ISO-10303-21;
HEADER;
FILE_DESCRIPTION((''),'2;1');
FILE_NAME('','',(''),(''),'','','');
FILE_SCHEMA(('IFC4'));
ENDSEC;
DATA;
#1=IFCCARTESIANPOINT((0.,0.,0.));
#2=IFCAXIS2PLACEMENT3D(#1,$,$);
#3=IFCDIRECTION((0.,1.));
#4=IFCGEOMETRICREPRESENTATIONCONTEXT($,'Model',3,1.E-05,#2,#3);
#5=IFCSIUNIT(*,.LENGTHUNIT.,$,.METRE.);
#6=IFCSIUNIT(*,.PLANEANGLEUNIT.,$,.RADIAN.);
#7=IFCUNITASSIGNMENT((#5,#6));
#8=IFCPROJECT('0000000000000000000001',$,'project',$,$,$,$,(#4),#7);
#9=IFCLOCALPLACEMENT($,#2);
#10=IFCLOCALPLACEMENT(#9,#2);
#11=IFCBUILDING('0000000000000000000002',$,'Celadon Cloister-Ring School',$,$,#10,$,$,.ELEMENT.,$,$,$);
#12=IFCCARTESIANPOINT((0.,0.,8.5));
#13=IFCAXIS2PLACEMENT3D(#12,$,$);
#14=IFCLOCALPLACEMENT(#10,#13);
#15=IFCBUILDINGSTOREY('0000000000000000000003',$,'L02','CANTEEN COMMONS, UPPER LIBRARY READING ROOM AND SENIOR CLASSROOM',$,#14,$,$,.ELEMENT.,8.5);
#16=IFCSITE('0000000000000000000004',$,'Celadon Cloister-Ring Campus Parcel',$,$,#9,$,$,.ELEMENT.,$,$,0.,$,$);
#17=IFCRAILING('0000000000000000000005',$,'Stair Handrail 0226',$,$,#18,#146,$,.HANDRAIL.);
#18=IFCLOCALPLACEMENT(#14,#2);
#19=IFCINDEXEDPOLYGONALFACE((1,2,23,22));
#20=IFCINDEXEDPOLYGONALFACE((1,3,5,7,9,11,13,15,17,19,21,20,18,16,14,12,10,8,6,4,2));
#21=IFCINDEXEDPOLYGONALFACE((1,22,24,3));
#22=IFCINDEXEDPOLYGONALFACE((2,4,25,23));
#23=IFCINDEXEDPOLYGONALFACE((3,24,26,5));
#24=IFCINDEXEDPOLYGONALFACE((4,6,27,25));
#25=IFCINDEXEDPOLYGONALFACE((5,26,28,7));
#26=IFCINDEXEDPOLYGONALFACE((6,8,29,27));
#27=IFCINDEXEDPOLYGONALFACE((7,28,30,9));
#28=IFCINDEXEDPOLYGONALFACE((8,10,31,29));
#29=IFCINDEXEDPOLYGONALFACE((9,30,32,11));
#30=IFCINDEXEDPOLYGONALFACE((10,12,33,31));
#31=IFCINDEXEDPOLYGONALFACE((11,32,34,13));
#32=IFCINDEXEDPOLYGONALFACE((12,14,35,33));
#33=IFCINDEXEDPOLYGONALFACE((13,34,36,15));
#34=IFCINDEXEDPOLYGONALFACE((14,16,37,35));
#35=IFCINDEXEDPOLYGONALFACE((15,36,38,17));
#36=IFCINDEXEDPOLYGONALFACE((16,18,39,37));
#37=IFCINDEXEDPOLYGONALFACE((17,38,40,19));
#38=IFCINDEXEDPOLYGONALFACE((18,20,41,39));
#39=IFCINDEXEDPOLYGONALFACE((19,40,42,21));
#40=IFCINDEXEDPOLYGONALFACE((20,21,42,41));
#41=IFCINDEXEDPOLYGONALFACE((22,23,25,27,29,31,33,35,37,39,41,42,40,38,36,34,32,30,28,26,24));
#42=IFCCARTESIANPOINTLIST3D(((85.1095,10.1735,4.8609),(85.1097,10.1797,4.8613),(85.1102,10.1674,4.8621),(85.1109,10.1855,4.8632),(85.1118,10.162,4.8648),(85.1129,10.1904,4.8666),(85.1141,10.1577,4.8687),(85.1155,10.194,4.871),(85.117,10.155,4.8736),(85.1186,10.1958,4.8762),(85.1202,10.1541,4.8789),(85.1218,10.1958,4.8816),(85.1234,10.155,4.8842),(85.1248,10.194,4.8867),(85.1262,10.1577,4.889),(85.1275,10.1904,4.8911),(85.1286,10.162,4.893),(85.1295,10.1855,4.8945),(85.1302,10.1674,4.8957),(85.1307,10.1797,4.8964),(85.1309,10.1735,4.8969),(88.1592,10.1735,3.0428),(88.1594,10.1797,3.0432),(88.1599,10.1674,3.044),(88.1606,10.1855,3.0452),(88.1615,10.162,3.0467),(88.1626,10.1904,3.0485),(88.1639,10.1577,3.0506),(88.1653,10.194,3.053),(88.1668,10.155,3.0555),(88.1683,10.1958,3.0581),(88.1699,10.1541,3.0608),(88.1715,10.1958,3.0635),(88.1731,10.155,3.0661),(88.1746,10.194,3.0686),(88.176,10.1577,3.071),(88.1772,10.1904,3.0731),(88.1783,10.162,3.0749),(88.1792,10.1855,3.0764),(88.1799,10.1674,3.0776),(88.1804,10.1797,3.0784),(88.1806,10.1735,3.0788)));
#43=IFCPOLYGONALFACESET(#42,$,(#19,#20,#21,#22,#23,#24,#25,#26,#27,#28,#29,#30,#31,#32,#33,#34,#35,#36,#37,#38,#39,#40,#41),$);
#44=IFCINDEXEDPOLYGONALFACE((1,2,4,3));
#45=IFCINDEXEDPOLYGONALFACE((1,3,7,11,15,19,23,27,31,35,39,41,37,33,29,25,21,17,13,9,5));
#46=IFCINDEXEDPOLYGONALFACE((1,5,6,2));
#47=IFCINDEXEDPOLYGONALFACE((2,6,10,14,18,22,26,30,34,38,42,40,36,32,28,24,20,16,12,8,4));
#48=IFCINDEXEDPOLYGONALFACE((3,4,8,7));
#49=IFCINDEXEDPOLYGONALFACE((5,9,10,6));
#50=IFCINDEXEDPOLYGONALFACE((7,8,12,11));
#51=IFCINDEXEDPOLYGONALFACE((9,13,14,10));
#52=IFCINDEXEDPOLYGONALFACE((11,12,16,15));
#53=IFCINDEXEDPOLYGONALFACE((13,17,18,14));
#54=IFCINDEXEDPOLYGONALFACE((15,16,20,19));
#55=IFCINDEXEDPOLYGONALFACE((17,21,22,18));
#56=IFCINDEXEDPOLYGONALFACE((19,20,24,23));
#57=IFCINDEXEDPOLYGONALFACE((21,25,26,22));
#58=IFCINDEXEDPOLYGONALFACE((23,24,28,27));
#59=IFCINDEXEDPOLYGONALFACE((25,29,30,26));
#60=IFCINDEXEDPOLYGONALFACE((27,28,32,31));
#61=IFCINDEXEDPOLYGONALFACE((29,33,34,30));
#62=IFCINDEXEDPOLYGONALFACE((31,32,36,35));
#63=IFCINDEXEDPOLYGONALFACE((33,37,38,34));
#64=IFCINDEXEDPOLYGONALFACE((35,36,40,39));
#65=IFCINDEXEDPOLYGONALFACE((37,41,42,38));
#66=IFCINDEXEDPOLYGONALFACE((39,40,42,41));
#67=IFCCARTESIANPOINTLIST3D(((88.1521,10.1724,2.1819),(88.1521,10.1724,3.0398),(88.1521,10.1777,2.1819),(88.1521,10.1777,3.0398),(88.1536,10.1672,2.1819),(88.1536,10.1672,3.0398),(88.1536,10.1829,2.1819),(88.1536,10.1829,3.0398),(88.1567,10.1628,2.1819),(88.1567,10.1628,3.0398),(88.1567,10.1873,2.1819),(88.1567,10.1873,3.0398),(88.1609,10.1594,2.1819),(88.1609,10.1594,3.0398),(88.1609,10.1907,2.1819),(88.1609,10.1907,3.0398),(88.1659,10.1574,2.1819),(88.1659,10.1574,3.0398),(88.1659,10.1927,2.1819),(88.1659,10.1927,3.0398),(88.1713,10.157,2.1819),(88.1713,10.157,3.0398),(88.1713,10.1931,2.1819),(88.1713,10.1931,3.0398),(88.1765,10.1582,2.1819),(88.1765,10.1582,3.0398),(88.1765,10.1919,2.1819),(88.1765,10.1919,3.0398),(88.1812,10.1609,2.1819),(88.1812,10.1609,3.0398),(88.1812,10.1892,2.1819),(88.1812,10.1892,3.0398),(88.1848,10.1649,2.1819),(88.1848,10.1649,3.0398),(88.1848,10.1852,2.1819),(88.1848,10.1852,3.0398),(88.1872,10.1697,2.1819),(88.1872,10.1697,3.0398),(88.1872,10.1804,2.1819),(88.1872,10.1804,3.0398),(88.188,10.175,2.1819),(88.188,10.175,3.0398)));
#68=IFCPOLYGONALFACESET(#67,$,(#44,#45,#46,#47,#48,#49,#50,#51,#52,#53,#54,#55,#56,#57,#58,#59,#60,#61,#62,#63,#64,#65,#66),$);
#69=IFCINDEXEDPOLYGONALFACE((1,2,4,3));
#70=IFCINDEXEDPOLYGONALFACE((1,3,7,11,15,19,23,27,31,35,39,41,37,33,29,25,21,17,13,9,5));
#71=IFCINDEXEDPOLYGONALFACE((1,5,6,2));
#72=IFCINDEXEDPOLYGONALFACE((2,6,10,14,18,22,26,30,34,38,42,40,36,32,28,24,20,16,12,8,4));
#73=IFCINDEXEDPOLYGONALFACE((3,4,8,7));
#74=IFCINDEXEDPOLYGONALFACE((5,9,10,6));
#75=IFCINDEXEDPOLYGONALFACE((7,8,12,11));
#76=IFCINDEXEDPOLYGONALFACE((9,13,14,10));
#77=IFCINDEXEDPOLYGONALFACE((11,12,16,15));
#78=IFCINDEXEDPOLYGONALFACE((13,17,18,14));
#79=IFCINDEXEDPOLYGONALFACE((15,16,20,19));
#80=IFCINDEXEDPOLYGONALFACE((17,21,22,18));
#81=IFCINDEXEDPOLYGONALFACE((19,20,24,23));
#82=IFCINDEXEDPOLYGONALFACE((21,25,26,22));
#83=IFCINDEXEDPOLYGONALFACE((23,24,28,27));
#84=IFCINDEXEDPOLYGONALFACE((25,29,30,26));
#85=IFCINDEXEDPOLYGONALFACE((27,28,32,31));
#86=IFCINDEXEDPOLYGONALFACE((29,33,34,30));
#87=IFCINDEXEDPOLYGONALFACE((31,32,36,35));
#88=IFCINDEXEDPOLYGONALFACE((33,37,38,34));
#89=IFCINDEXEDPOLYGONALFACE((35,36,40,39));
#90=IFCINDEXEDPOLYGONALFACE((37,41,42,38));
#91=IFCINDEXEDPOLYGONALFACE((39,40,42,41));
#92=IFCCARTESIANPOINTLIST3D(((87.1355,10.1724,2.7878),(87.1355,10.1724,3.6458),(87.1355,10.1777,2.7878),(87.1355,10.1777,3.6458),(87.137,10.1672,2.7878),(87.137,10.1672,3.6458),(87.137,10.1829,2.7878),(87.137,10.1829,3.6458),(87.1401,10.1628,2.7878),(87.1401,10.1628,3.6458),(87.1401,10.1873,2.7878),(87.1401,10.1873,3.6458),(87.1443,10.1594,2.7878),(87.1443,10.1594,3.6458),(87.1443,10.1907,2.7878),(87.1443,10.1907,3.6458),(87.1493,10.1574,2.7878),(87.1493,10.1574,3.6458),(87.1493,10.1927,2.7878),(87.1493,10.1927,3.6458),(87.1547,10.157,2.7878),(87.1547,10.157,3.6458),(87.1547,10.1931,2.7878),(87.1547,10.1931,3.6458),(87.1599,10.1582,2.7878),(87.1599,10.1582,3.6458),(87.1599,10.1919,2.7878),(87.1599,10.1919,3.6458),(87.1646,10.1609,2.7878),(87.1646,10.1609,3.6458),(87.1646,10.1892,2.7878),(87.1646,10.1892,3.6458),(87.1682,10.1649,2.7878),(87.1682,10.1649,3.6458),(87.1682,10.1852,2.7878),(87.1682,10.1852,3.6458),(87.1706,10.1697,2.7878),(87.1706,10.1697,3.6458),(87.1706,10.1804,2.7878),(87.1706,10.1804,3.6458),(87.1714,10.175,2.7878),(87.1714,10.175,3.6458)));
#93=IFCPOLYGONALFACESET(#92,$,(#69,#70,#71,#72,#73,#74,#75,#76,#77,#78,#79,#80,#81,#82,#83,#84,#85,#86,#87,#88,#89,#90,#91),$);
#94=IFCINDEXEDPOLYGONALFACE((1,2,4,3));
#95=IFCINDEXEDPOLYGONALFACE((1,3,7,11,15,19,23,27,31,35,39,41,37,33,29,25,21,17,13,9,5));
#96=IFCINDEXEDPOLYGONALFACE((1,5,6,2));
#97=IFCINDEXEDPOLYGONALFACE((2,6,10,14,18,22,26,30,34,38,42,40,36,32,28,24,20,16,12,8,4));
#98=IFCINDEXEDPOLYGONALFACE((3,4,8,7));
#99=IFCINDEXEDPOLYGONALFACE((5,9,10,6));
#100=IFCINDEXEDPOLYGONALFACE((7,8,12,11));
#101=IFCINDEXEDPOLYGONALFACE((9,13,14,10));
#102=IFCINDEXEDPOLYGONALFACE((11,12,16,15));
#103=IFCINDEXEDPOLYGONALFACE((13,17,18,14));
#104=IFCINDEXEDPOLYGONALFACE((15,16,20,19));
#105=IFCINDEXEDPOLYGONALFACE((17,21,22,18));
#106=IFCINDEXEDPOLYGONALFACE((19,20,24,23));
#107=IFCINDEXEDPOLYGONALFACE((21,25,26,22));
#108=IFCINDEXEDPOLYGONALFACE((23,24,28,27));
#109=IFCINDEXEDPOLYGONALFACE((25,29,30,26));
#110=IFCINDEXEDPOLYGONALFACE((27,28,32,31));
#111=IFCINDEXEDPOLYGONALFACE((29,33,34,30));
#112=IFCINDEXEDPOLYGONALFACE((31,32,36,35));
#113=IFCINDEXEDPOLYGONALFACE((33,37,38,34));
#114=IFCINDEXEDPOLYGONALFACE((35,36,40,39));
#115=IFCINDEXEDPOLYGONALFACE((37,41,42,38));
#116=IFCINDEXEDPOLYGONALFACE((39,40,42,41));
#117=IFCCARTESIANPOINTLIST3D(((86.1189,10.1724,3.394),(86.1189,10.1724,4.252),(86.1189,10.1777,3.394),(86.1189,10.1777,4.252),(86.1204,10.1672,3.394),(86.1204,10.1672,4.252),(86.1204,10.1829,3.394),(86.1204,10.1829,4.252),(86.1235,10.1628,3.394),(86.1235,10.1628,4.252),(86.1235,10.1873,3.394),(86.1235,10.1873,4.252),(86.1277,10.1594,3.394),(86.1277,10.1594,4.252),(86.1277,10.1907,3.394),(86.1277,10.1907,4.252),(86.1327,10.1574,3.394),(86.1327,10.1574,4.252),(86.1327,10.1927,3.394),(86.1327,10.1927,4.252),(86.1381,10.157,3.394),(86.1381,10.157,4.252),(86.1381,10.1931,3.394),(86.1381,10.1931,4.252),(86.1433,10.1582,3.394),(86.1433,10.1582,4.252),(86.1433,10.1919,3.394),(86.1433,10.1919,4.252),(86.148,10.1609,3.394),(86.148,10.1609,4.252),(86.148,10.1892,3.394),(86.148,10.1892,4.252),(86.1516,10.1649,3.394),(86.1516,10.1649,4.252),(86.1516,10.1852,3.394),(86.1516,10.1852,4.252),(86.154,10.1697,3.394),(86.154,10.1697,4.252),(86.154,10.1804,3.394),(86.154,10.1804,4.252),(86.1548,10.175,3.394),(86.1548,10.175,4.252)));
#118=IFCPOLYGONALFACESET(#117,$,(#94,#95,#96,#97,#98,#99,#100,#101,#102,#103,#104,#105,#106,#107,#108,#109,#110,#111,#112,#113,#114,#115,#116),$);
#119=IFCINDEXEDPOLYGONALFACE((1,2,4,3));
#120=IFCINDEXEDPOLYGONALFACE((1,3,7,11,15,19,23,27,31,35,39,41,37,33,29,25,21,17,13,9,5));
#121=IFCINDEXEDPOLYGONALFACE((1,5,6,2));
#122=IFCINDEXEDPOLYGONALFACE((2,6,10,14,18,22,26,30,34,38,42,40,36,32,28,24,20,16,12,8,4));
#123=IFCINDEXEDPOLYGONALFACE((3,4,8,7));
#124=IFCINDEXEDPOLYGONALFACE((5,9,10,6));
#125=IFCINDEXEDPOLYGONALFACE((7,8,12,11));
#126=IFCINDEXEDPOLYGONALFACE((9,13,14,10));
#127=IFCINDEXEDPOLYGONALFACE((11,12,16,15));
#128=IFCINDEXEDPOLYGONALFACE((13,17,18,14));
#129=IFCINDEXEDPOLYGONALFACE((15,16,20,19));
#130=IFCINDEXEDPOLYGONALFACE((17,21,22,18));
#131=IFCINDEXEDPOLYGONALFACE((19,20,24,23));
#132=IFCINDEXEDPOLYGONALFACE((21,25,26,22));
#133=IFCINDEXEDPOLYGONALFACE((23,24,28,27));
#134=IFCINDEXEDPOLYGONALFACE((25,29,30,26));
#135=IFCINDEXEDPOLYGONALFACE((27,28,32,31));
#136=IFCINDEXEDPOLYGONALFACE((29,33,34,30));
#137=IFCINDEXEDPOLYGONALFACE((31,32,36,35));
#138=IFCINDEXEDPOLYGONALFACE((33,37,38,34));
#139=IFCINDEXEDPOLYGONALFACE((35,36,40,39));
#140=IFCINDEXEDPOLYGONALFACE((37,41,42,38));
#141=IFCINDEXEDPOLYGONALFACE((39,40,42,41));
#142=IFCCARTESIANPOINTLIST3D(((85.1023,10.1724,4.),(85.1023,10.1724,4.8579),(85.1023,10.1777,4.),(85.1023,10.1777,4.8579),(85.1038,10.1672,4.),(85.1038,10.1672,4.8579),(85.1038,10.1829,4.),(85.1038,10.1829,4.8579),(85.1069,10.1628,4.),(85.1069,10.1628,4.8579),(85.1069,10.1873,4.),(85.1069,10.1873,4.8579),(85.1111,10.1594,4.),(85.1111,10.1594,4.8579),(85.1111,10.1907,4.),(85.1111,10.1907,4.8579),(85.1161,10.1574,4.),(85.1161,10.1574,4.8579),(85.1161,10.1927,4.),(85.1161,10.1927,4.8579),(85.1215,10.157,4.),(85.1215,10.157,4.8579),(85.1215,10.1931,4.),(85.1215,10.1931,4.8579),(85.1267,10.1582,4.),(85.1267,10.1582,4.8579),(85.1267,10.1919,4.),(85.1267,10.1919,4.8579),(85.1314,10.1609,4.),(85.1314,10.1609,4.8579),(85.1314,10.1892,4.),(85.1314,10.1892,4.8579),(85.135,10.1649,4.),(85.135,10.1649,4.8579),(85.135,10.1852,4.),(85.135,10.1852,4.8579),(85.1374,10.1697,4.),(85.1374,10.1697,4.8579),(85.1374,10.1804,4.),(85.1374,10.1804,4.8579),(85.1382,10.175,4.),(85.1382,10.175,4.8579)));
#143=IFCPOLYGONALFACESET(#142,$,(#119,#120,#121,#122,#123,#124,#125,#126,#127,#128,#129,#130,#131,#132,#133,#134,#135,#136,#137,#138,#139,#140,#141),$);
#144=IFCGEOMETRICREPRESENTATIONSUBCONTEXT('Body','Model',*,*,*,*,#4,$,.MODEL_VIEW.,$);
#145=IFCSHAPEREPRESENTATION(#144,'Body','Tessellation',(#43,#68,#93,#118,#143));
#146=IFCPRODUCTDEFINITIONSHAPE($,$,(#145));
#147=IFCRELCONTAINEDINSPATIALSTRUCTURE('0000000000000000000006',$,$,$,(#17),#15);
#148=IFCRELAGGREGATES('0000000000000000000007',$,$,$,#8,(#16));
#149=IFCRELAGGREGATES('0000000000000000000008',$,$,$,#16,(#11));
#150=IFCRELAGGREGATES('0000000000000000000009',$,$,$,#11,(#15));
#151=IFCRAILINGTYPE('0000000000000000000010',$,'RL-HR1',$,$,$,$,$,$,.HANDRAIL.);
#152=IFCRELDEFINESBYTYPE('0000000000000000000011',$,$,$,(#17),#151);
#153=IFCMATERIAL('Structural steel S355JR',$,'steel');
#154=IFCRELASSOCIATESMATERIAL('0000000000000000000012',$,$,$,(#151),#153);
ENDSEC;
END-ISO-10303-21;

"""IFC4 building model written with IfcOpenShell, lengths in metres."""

from ifc_helpers import new_model, si_unit, direction, frame, origin, origin_2d, place, context, subcontext, project, spatial, circle, extrude, material, type_object, element, save


model = new_model("IFC4")

# Units and contexts
model_context = context("Model", 3, precision=1e-05, world=origin(), true_north=direction((0.0, 1.0)))
body_context = subcontext(model_context, "Body", "Model", "MODEL_VIEW")
ifc_project = project(units=[si_unit("LENGTHUNIT", "METRE"), si_unit("PLANEANGLEUNIT", "RADIAN")], contexts=[model_context])

# Site, building, storey
site_placement = place(None, origin())
site = spatial("IfcSite", under=ifc_project, at=site_placement, Name="Celadon Cloister-Ring Campus Parcel", CompositionType="ELEMENT", RefElevation=0.0)
building_placement = place(site_placement, origin())
building = spatial("IfcBuilding", under=site, at=building_placement, Name="Celadon Cloister-Ring School", CompositionType="ELEMENT")
storey_placement = place(building_placement, frame((0.0, 0.0, 8.5)))
storey = spatial("IfcBuildingStorey", under=building, at=storey_placement, Name="L02", Description="CANTEEN COMMONS, UPPER LIBRARY READING ROOM AND SENIOR CLASSROOM", CompositionType="ELEMENT", Elevation=8.5)

# Railing
ifc_material_1 = material(Name="Structural steel S355JR", Category="steel")
railing_type_1 = type_object("IfcRailingType", Name="RL-HR1", PredefinedType="HANDRAIL", material=ifc_material_1)
for number, where, name in (
    (1, (88.1699, 10.175, 2.1819), "Stair Handrail 0226"),
):
    element("IfcRailing", number, at=place(storey_placement, frame(where)), inside=storey, type_object=railing_type_1, Name=name, PredefinedType="HANDRAIL", context=body_context, shape_type="SweptSolid", body=[
        extrude(circle(Radius=0.021, at=origin_2d()), frame((0.0, 0.0, 0.8789), z_axis=(-0.858952, 0.0, 0.512057), x_axis=(0.0, -1.0, 0.0)), (0.0, 0.0, 1.0), 3.5505),
        extrude(circle(Radius=0.0181, at=origin_2d()), origin(), (0.0, 0.0, 1.0), 0.8579),
        extrude(circle(Radius=0.0181, at=origin_2d()), frame((-1.0166, 0.0, 0.606)), (0.0, 0.0, 1.0), 0.8579),
        extrude(circle(Radius=0.0181, at=origin_2d()), frame((-2.0332, 0.0, 1.2122)), (0.0, 0.0, 1.0), 0.8579),
        extrude(circle(Radius=0.0181, at=origin_2d()), frame((-3.0498, 0.0, 1.8181)), (0.0, 0.0, 1.0), 0.8579),
    ])

save(model, "model.ifc")
